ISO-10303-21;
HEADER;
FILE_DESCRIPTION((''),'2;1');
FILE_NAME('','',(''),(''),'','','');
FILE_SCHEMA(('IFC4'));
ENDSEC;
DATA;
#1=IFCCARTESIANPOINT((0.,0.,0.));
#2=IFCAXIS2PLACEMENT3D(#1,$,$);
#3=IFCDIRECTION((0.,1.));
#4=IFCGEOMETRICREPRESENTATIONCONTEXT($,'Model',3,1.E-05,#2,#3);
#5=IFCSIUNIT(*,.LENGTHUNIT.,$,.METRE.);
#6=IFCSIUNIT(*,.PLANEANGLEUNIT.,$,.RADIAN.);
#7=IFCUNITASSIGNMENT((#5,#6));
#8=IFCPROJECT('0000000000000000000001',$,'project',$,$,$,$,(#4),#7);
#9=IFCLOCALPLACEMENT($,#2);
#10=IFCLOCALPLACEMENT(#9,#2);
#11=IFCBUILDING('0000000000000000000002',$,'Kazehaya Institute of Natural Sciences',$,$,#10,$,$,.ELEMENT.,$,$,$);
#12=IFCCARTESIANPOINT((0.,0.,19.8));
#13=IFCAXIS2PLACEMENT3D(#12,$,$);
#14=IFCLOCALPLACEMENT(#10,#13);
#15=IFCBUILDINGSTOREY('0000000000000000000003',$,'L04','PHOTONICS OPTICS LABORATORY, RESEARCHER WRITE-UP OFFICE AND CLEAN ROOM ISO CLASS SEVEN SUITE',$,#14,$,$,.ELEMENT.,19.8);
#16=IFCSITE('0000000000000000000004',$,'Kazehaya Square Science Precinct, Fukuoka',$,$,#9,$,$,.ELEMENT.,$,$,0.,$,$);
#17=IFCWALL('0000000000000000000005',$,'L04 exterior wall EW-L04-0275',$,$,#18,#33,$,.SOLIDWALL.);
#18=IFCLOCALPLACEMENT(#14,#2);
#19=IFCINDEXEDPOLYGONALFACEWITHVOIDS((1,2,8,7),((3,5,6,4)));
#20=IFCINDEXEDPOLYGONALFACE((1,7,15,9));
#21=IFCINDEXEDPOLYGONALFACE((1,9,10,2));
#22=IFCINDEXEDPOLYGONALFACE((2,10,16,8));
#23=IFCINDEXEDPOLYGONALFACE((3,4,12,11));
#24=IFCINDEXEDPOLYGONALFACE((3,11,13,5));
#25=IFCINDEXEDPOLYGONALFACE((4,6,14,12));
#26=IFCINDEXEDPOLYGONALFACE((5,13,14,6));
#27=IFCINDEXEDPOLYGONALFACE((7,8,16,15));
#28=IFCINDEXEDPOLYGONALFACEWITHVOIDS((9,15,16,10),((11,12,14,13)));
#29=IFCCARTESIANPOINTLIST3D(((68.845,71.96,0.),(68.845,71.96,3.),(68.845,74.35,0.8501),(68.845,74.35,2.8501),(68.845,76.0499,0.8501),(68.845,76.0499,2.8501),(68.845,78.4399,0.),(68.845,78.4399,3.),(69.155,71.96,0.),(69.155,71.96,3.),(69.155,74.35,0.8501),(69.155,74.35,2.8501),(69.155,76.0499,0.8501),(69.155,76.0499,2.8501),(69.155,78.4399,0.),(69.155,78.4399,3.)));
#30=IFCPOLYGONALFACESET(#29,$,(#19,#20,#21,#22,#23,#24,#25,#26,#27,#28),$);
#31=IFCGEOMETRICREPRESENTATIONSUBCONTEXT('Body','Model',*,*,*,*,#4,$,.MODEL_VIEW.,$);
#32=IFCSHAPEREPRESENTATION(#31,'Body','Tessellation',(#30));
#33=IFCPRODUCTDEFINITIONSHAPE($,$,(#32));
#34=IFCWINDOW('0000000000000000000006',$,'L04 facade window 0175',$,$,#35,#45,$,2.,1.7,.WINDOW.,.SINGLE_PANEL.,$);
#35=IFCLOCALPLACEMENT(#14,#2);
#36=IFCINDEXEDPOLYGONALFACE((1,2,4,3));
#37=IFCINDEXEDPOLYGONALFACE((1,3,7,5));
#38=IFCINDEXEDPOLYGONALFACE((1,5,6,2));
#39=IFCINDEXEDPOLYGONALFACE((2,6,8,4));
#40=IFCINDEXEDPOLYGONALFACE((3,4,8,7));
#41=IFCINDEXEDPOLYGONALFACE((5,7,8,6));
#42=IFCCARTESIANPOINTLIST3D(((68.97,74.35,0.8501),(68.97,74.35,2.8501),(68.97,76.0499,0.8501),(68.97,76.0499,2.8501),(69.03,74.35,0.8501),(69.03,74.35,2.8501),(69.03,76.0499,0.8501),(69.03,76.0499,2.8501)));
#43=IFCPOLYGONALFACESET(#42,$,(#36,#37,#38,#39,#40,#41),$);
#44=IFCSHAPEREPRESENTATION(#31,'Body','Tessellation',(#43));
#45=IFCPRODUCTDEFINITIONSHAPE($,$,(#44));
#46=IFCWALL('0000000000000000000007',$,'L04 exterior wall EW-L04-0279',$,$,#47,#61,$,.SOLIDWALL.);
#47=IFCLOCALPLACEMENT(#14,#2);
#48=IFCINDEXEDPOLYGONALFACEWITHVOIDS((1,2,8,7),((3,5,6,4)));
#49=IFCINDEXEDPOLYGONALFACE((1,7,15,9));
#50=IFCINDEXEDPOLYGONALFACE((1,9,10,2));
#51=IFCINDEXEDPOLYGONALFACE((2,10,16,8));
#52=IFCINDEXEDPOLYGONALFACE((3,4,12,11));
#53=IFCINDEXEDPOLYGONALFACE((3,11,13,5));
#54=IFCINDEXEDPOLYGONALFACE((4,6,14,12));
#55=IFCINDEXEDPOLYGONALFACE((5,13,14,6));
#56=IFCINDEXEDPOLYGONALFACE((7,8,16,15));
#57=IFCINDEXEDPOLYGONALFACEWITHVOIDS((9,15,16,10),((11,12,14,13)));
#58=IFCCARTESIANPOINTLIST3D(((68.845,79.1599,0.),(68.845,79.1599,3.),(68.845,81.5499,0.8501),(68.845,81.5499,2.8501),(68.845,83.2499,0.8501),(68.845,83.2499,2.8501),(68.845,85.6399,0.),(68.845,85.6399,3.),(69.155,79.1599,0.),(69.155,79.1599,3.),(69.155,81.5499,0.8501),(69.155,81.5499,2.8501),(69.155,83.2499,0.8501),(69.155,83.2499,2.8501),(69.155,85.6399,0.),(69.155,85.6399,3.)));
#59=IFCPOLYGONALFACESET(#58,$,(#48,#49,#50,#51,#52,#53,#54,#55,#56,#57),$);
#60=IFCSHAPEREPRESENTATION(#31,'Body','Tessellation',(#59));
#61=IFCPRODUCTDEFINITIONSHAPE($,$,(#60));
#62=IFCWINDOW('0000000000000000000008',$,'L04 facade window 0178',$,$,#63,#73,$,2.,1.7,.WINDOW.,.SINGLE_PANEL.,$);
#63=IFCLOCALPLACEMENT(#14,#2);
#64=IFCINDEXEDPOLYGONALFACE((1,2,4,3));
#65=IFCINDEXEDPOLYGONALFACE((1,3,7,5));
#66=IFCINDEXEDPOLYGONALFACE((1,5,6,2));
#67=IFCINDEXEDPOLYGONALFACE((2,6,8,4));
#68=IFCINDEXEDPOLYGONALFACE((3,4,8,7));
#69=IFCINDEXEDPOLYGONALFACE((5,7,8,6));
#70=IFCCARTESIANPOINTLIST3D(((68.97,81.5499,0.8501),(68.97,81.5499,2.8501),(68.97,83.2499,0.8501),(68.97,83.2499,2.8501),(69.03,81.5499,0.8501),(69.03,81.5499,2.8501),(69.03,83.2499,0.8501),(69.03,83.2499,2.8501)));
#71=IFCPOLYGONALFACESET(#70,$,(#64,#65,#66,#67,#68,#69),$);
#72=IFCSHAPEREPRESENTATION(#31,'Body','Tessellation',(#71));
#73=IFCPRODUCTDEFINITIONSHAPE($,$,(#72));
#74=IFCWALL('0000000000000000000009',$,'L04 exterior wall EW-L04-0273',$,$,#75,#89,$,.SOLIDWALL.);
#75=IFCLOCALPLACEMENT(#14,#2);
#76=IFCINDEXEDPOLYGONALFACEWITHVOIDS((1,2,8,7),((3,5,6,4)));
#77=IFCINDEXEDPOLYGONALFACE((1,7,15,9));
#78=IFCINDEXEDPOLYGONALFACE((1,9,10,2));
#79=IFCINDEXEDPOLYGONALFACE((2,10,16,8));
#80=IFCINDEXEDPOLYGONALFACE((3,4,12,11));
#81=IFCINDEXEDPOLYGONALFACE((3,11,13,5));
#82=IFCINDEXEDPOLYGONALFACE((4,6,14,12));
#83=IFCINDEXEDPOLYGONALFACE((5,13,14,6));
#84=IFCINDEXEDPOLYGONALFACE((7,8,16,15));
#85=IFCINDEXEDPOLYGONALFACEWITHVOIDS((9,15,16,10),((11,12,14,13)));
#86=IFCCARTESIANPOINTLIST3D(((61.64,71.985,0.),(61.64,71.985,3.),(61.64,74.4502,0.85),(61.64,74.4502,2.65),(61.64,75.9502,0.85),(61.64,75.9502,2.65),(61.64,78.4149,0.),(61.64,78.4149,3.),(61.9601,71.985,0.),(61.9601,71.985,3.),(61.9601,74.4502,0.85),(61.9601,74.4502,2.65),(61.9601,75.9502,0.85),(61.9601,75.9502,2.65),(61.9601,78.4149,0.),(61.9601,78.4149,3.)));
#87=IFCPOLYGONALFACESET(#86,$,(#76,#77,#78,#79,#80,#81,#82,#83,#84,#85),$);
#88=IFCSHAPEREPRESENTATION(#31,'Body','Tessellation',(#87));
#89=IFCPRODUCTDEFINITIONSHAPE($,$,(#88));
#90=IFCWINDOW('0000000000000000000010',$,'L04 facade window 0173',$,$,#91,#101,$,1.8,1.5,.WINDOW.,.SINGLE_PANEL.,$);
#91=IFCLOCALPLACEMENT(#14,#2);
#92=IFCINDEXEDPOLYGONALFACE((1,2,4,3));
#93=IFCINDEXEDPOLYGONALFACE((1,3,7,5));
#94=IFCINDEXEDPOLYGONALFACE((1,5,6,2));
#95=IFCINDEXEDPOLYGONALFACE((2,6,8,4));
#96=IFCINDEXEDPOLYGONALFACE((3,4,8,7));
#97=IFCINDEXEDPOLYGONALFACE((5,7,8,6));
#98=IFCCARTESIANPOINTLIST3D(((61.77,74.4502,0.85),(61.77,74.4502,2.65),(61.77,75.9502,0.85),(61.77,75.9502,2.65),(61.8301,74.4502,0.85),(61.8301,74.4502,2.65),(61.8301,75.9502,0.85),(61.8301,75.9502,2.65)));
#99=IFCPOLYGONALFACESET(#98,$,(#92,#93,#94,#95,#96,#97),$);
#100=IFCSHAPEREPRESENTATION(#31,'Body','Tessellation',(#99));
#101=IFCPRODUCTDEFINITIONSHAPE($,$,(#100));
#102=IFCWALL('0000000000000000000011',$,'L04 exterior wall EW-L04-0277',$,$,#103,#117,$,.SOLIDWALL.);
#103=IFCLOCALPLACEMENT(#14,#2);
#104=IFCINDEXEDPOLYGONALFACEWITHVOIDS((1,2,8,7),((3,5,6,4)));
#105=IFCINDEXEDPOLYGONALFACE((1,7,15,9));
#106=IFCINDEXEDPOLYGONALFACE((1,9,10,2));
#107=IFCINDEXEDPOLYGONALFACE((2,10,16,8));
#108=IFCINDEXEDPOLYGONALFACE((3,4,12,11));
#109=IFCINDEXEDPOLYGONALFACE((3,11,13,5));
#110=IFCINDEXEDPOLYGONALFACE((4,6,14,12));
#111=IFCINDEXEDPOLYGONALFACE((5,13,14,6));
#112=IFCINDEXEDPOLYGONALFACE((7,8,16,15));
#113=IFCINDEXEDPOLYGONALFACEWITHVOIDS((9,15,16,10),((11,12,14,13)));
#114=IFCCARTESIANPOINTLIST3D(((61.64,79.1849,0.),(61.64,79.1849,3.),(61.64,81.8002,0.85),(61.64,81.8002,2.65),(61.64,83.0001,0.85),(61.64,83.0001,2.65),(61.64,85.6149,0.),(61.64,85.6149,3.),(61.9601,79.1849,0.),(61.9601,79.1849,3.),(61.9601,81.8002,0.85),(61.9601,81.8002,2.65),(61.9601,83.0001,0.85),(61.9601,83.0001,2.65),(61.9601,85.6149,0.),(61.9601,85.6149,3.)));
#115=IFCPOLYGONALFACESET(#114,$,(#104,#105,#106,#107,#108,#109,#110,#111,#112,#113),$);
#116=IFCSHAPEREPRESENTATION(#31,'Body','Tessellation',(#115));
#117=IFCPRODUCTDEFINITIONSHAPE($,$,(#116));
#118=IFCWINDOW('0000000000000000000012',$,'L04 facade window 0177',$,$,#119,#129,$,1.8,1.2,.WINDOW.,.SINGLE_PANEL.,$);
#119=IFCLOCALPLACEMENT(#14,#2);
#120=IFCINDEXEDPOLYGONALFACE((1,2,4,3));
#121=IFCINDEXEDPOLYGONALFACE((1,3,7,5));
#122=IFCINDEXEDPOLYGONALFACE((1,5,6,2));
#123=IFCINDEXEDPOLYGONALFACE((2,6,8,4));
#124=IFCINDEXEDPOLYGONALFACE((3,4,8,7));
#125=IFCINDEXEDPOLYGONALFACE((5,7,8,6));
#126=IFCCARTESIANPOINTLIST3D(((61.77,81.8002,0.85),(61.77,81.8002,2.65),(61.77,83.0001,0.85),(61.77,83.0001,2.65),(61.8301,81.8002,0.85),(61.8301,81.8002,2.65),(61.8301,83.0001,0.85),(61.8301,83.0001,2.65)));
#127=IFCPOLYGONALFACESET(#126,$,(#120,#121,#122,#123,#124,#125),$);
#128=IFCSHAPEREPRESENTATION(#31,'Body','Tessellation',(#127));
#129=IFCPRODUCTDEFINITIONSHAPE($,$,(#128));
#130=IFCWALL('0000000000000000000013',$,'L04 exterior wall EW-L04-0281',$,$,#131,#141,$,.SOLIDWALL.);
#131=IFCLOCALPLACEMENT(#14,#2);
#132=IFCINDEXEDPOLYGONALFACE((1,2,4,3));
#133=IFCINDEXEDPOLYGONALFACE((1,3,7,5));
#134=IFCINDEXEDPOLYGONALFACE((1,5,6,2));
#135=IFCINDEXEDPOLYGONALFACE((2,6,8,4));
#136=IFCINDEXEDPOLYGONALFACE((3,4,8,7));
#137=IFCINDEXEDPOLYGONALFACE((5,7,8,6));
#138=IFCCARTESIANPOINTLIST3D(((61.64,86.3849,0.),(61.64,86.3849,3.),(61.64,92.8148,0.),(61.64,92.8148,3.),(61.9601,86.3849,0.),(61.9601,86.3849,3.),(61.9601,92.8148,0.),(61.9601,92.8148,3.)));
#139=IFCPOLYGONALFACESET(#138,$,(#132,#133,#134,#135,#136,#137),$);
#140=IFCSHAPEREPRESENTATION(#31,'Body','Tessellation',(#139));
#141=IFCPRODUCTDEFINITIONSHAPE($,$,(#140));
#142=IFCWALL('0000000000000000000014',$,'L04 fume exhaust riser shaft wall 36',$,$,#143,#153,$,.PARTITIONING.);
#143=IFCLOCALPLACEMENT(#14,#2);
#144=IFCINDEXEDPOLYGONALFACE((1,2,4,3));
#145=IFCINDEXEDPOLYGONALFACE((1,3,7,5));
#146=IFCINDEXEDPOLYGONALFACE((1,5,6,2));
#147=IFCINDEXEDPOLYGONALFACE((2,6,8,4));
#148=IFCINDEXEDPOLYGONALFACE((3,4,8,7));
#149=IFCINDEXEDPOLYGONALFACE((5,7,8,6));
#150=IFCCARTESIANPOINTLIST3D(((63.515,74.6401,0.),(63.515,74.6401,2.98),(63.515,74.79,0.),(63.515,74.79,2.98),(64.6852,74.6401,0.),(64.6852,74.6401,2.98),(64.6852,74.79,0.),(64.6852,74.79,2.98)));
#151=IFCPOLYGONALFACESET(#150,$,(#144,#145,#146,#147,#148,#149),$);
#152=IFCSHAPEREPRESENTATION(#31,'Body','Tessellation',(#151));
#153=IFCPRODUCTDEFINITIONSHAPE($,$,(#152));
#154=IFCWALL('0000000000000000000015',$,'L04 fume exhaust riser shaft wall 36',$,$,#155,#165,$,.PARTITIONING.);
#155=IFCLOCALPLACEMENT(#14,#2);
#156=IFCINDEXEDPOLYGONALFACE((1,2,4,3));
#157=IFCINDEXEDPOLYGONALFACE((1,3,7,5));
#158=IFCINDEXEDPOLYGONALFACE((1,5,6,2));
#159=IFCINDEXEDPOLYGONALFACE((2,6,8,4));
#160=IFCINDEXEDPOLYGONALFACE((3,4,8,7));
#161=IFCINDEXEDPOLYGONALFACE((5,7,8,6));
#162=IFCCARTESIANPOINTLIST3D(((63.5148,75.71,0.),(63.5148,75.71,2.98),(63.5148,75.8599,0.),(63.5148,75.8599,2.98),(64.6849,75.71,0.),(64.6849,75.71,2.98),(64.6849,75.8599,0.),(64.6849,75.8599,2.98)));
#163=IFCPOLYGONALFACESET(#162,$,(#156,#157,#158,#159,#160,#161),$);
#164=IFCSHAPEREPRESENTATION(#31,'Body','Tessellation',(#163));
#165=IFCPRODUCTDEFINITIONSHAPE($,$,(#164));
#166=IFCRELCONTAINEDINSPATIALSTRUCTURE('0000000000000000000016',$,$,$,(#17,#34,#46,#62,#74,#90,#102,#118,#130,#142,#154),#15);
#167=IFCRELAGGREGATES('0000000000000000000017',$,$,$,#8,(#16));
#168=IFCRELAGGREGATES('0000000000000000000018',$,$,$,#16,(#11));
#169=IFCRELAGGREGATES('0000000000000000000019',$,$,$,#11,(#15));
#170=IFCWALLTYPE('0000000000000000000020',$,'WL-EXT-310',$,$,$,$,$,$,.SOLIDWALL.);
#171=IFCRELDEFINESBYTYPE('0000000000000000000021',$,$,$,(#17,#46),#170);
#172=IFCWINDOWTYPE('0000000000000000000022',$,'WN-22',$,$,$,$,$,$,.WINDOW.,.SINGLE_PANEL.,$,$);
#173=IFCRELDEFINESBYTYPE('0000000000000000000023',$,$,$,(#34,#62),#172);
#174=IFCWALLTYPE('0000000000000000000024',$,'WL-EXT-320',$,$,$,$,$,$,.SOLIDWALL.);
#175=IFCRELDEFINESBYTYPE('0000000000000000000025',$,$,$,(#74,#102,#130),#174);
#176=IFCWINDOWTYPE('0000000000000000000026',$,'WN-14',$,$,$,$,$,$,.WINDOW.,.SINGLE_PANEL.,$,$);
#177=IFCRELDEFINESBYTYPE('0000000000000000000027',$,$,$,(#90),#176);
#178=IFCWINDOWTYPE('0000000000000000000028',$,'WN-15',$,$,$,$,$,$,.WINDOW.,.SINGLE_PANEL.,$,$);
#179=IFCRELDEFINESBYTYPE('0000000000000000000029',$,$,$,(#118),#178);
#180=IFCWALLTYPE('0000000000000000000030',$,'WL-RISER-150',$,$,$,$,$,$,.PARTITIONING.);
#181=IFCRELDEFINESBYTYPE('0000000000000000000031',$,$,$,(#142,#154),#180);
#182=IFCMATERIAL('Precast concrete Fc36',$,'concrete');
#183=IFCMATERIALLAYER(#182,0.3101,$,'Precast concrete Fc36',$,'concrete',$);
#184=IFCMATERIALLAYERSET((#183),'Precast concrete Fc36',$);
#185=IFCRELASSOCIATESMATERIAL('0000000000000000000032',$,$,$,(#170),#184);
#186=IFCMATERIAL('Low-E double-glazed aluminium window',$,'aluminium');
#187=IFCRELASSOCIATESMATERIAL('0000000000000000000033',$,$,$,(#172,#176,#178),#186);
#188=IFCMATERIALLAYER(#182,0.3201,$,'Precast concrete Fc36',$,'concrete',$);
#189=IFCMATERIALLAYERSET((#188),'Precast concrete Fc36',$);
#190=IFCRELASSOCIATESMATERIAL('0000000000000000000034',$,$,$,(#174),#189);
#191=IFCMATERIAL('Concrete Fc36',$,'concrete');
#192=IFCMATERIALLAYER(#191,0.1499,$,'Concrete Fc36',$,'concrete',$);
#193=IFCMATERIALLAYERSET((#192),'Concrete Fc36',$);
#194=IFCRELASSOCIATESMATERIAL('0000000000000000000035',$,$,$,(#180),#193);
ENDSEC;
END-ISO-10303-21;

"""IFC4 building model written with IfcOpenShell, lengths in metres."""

from ifc_helpers import new_model, si_unit, direction, frame, frame_2d, origin, place, context, subcontext, project, spatial, rectangle, extrude, material, layer, layer_set, type_object, element, fill, save


model = new_model("IFC4")

# Units and contexts
model_context = context("Model", 3, precision=1e-05, world=origin(), true_north=direction((0.0, 1.0)))
body_context = subcontext(model_context, "Body", "Model", "MODEL_VIEW")
ifc_project = project(units=[si_unit("LENGTHUNIT", "METRE"), si_unit("PLANEANGLEUNIT", "RADIAN")], contexts=[model_context])

# Site, building, storey
site_placement = place(None, origin())
site = spatial("IfcSite", under=ifc_project, at=site_placement, Name="Kazehaya Square Science Precinct, Fukuoka", CompositionType="ELEMENT", RefElevation=0.0)
building_placement = place(site_placement, origin())
building = spatial("IfcBuilding", under=site, at=building_placement, Name="Kazehaya Institute of Natural Sciences", CompositionType="ELEMENT")
storey_placement = place(building_placement, frame((0.0, 0.0, 19.8)))
storey = spatial("IfcBuildingStorey", under=building, at=storey_placement, Name="L04", Description="PHOTONICS OPTICS LABORATORY, RESEARCHER WRITE-UP OFFICE AND CLEAN ROOM ISO CLASS SEVEN SUITE", CompositionType="ELEMENT", Elevation=19.8)

# Shared definitions
ifc_material_1 = material(Name="Concrete Fc36", Category="concrete")

# Walls, openings, windows
ifc_material_2 = material(Name="Precast concrete Fc36", Category="concrete")
ifc_layer_1 = layer(ifc_material_2, 0.3101, Name="Precast concrete Fc36", Category="concrete")
ifc_layer_set_1 = layer_set([ifc_layer_1], Name="Precast concrete Fc36")
wall_type_1 = type_object("IfcWallType", Name="WL-EXT-310", PredefinedType="SOLIDWALL", material=ifc_layer_set_1)
wall_1_placement = place(storey_placement, frame((69.0, 78.4399, 0.0), z_axis=(0.0, 0.0, 1.0), x_axis=(0.0, -1.0, 0.0)))
wall_1 = element("IfcWall", 1, at=wall_1_placement, inside=storey, type_object=wall_type_1, Name="L04 exterior wall EW-L04-0275", PredefinedType="SOLIDWALL", context=body_context, shape_type="SweptSolid", body=[
    extrude(rectangle(XDim=6.48, YDim=0.3101, at=frame_2d((3.24, 0.0))), origin(), (0.0, 0.0, 1.0), 3.0),
])
opening_1_placement = place(wall_1_placement, frame((2.3899, 0.0, 0.8501)))
opening_1 = element("IfcOpeningElement", 2, at=opening_1_placement, cuts=wall_1, PredefinedType="OPENING", context=body_context, shape_type="SweptSolid", body=[
    extrude(rectangle(XDim=1.7, YDim=2.0, at=frame_2d((0.8501, 1.0))), frame((0.0, 0.165, 0.0), z_axis=(0.0, -1.0, 0.0), x_axis=(1.0, 0.0, 0.0)), (0.0, 0.0, 1.0), 0.3301),
])
ifc_material_3 = material(Name="Low-E double-glazed aluminium window", Category="aluminium")
window_type_1 = type_object("IfcWindowType", Name="WN-22", PartitioningType="SINGLE_PANEL", PredefinedType="WINDOW", material=ifc_material_3)
window_1_placement = place(opening_1_placement, origin())
window_1 = element("IfcWindow", 3, at=window_1_placement, inside=storey, type_object=window_type_1, Name="L04 facade window 0175", OverallHeight=2.0, OverallWidth=1.7, PartitioningType="SINGLE_PANEL", PredefinedType="WINDOW", context=body_context, shape_type="SweptSolid", body=[
    extrude(rectangle(XDim=1.7, YDim=2.0, at=frame_2d((0.8501, 1.0))), frame((0.0, 0.03, 0.0), z_axis=(0.0, -1.0, 0.0), x_axis=(1.0, 0.0, 0.0)), (0.0, 0.0, 1.0), 0.0601),
])
fill(opening_1, window_1)
wall_2_placement = place(storey_placement, frame((69.0, 85.6399, 0.0), z_axis=(0.0, 0.0, 1.0), x_axis=(0.0, -1.0, 0.0)))
wall_2 = element("IfcWall", 4, at=wall_2_placement, inside=storey, type_object=wall_type_1, Name="L04 exterior wall EW-L04-0279", PredefinedType="SOLIDWALL", context=body_context, shape_type="SweptSolid", body=[
    extrude(rectangle(XDim=6.48, YDim=0.3101, at=frame_2d((3.24, 0.0))), origin(), (0.0, 0.0, 1.0), 3.0),
])
opening_2_placement = place(wall_2_placement, frame((2.3899, 0.0, 0.8501)))
opening_2 = element("IfcOpeningElement", 5, at=opening_2_placement, cuts=wall_2, PredefinedType="OPENING", context=body_context, shape_type="SweptSolid", body=[
    extrude(rectangle(XDim=1.7, YDim=2.0, at=frame_2d((0.8501, 1.0))), frame((0.0, 0.165, 0.0), z_axis=(0.0, -1.0, 0.0), x_axis=(1.0, 0.0, 0.0)), (0.0, 0.0, 1.0), 0.3301),
])
window_2_placement = place(opening_2_placement, origin())
window_2 = element("IfcWindow", 6, at=window_2_placement, inside=storey, type_object=window_type_1, Name="L04 facade window 0178", OverallHeight=2.0, OverallWidth=1.7, PartitioningType="SINGLE_PANEL", PredefinedType="WINDOW", context=body_context, shape_type="SweptSolid", body=[
    extrude(rectangle(XDim=1.7, YDim=2.0, at=frame_2d((0.8501, 1.0))), frame((0.0, 0.03, 0.0), z_axis=(0.0, -1.0, 0.0), x_axis=(1.0, 0.0, 0.0)), (0.0, 0.0, 1.0), 0.0601),
])
fill(opening_2, window_2)
ifc_layer_2 = layer(ifc_material_2, 0.3201, Name="Precast concrete Fc36", Category="concrete")
ifc_layer_set_2 = layer_set([ifc_layer_2], Name="Precast concrete Fc36")
wall_type_2 = type_object("IfcWallType", Name="WL-EXT-320", PredefinedType="SOLIDWALL", material=ifc_layer_set_2)
wall_3_placement = place(storey_placement, frame((61.8, 71.9851, 0.0), z_axis=(0.0, 0.0, 1.0), x_axis=(0.0, 1.0, 0.0)))
wall_3 = element("IfcWall", 7, at=wall_3_placement, inside=storey, type_object=wall_type_2, Name="L04 exterior wall EW-L04-0273", PredefinedType="SOLIDWALL", context=body_context, shape_type="SweptSolid", body=[
    extrude(rectangle(XDim=6.4299, YDim=0.3201, at=frame_2d((3.2148, 0.0))), origin(), (0.0, 0.0, 1.0), 3.0),
])
opening_3_placement = place(wall_3_placement, frame((2.4651, 0.0, 0.8501)))
opening_3 = element("IfcOpeningElement", 8, at=opening_3_placement, cuts=wall_3, PredefinedType="OPENING", context=body_context, shape_type="SweptSolid", body=[
    extrude(rectangle(XDim=1.5, YDim=1.8, at=frame_2d((0.75, 0.8999))), frame((0.0, 0.1699, 0.0), z_axis=(0.0, -1.0, 0.0), x_axis=(1.0, 0.0, 0.0)), (0.0, 0.0, 1.0), 0.3401),
])
window_type_2 = type_object("IfcWindowType", Name="WN-14", PartitioningType="SINGLE_PANEL", PredefinedType="WINDOW", material=ifc_material_3)
window_3_placement = place(opening_3_placement, origin())
window_3 = element("IfcWindow", 9, at=window_3_placement, inside=storey, type_object=window_type_2, Name="L04 facade window 0173", OverallHeight=1.8, OverallWidth=1.5, PartitioningType="SINGLE_PANEL", PredefinedType="WINDOW", context=body_context, shape_type="SweptSolid", body=[
    extrude(rectangle(XDim=1.5, YDim=1.8, at=frame_2d((0.75, 0.8999))), frame((0.0, 0.03, 0.0), z_axis=(0.0, -1.0, 0.0), x_axis=(1.0, 0.0, 0.0)), (0.0, 0.0, 1.0), 0.0601),
])
fill(opening_3, window_3)
wall_4_placement = place(storey_placement, frame((61.8, 79.1851, 0.0), z_axis=(0.0, 0.0, 1.0), x_axis=(0.0, 1.0, 0.0)))
wall_4 = element("IfcWall", 10, at=wall_4_placement, inside=storey, type_object=wall_type_2, Name="L04 exterior wall EW-L04-0277", PredefinedType="SOLIDWALL", context=body_context, shape_type="SweptSolid", body=[
    extrude(rectangle(XDim=6.4299, YDim=0.3201, at=frame_2d((3.2148, 0.0))), origin(), (0.0, 0.0, 1.0), 3.0),
])
opening_4_placement = place(wall_4_placement, frame((2.615, 0.0, 0.8501)))
opening_4 = element("IfcOpeningElement", 11, at=opening_4_placement, cuts=wall_4, PredefinedType="OPENING", context=body_context, shape_type="SweptSolid", body=[
    extrude(rectangle(XDim=1.2, YDim=1.8, at=frame_2d((0.6001, 0.8999))), frame((0.0, 0.1699, 0.0), z_axis=(0.0, -1.0, 0.0), x_axis=(1.0, 0.0, 0.0)), (0.0, 0.0, 1.0), 0.3401),
])
window_type_3 = type_object("IfcWindowType", Name="WN-15", PartitioningType="SINGLE_PANEL", PredefinedType="WINDOW", material=ifc_material_3)
window_4_placement = place(opening_4_placement, origin())
window_4 = element("IfcWindow", 12, at=window_4_placement, inside=storey, type_object=window_type_3, Name="L04 facade window 0177", OverallHeight=1.8, OverallWidth=1.2, PartitioningType="SINGLE_PANEL", PredefinedType="WINDOW", context=body_context, shape_type="SweptSolid", body=[
    extrude(rectangle(XDim=1.2, YDim=1.8, at=frame_2d((0.6001, 0.8999))), frame((0.0, 0.03, 0.0), z_axis=(0.0, -1.0, 0.0), x_axis=(1.0, 0.0, 0.0)), (0.0, 0.0, 1.0), 0.0601),
])
fill(opening_4, window_4)

# Walls
wall_5_placement = place(storey_placement, frame((61.8, 86.385, 0.0), z_axis=(0.0, 0.0, 1.0), x_axis=(0.0, 1.0, 0.0)))
element("IfcWall", 13, at=wall_5_placement, inside=storey, type_object=wall_type_2, Name="L04 exterior wall EW-L04-0281", PredefinedType="SOLIDWALL", context=body_context, shape_type="SweptSolid", body=[
    extrude(rectangle(XDim=6.4299, YDim=0.3201, at=frame_2d((3.2148, 0.0))), origin(), (0.0, 0.0, 1.0), 3.0),
])
ifc_layer_3 = layer(ifc_material_1, 0.1499, Name="Concrete Fc36", Category="concrete")
ifc_layer_set_3 = layer_set([ifc_layer_3], Name="Concrete Fc36")
wall_type_3 = type_object("IfcWallType", Name="WL-RISER-150", PredefinedType="PARTITIONING", material=ifc_layer_set_3)
for number, where, z_axis, x_axis, name in (
    (14, (64.6851, 74.7151, 0.0), (0.0, 0.0, 1.0), (-1.0, 0.0, 0.0), "L04 fume exhaust riser shaft wall 36"),
    (15, (63.5149, 75.7849, 0.0), (0.0, 0.0, 1.0), (1.0, 0.0, 0.0), "L04 fume exhaust riser shaft wall 36"),
):
    element("IfcWall", number, at=place(storey_placement, frame(where, z_axis=z_axis, x_axis=x_axis)), inside=storey, type_object=wall_type_3, Name=name, PredefinedType="PARTITIONING", context=body_context, shape_type="SweptSolid", body=[
        extrude(rectangle(XDim=1.1702, YDim=0.1499, at=frame_2d((0.585, 0.0))), origin(), (0.0, 0.0, 1.0), 2.98),
    ])

save(model, "model.ifc")
